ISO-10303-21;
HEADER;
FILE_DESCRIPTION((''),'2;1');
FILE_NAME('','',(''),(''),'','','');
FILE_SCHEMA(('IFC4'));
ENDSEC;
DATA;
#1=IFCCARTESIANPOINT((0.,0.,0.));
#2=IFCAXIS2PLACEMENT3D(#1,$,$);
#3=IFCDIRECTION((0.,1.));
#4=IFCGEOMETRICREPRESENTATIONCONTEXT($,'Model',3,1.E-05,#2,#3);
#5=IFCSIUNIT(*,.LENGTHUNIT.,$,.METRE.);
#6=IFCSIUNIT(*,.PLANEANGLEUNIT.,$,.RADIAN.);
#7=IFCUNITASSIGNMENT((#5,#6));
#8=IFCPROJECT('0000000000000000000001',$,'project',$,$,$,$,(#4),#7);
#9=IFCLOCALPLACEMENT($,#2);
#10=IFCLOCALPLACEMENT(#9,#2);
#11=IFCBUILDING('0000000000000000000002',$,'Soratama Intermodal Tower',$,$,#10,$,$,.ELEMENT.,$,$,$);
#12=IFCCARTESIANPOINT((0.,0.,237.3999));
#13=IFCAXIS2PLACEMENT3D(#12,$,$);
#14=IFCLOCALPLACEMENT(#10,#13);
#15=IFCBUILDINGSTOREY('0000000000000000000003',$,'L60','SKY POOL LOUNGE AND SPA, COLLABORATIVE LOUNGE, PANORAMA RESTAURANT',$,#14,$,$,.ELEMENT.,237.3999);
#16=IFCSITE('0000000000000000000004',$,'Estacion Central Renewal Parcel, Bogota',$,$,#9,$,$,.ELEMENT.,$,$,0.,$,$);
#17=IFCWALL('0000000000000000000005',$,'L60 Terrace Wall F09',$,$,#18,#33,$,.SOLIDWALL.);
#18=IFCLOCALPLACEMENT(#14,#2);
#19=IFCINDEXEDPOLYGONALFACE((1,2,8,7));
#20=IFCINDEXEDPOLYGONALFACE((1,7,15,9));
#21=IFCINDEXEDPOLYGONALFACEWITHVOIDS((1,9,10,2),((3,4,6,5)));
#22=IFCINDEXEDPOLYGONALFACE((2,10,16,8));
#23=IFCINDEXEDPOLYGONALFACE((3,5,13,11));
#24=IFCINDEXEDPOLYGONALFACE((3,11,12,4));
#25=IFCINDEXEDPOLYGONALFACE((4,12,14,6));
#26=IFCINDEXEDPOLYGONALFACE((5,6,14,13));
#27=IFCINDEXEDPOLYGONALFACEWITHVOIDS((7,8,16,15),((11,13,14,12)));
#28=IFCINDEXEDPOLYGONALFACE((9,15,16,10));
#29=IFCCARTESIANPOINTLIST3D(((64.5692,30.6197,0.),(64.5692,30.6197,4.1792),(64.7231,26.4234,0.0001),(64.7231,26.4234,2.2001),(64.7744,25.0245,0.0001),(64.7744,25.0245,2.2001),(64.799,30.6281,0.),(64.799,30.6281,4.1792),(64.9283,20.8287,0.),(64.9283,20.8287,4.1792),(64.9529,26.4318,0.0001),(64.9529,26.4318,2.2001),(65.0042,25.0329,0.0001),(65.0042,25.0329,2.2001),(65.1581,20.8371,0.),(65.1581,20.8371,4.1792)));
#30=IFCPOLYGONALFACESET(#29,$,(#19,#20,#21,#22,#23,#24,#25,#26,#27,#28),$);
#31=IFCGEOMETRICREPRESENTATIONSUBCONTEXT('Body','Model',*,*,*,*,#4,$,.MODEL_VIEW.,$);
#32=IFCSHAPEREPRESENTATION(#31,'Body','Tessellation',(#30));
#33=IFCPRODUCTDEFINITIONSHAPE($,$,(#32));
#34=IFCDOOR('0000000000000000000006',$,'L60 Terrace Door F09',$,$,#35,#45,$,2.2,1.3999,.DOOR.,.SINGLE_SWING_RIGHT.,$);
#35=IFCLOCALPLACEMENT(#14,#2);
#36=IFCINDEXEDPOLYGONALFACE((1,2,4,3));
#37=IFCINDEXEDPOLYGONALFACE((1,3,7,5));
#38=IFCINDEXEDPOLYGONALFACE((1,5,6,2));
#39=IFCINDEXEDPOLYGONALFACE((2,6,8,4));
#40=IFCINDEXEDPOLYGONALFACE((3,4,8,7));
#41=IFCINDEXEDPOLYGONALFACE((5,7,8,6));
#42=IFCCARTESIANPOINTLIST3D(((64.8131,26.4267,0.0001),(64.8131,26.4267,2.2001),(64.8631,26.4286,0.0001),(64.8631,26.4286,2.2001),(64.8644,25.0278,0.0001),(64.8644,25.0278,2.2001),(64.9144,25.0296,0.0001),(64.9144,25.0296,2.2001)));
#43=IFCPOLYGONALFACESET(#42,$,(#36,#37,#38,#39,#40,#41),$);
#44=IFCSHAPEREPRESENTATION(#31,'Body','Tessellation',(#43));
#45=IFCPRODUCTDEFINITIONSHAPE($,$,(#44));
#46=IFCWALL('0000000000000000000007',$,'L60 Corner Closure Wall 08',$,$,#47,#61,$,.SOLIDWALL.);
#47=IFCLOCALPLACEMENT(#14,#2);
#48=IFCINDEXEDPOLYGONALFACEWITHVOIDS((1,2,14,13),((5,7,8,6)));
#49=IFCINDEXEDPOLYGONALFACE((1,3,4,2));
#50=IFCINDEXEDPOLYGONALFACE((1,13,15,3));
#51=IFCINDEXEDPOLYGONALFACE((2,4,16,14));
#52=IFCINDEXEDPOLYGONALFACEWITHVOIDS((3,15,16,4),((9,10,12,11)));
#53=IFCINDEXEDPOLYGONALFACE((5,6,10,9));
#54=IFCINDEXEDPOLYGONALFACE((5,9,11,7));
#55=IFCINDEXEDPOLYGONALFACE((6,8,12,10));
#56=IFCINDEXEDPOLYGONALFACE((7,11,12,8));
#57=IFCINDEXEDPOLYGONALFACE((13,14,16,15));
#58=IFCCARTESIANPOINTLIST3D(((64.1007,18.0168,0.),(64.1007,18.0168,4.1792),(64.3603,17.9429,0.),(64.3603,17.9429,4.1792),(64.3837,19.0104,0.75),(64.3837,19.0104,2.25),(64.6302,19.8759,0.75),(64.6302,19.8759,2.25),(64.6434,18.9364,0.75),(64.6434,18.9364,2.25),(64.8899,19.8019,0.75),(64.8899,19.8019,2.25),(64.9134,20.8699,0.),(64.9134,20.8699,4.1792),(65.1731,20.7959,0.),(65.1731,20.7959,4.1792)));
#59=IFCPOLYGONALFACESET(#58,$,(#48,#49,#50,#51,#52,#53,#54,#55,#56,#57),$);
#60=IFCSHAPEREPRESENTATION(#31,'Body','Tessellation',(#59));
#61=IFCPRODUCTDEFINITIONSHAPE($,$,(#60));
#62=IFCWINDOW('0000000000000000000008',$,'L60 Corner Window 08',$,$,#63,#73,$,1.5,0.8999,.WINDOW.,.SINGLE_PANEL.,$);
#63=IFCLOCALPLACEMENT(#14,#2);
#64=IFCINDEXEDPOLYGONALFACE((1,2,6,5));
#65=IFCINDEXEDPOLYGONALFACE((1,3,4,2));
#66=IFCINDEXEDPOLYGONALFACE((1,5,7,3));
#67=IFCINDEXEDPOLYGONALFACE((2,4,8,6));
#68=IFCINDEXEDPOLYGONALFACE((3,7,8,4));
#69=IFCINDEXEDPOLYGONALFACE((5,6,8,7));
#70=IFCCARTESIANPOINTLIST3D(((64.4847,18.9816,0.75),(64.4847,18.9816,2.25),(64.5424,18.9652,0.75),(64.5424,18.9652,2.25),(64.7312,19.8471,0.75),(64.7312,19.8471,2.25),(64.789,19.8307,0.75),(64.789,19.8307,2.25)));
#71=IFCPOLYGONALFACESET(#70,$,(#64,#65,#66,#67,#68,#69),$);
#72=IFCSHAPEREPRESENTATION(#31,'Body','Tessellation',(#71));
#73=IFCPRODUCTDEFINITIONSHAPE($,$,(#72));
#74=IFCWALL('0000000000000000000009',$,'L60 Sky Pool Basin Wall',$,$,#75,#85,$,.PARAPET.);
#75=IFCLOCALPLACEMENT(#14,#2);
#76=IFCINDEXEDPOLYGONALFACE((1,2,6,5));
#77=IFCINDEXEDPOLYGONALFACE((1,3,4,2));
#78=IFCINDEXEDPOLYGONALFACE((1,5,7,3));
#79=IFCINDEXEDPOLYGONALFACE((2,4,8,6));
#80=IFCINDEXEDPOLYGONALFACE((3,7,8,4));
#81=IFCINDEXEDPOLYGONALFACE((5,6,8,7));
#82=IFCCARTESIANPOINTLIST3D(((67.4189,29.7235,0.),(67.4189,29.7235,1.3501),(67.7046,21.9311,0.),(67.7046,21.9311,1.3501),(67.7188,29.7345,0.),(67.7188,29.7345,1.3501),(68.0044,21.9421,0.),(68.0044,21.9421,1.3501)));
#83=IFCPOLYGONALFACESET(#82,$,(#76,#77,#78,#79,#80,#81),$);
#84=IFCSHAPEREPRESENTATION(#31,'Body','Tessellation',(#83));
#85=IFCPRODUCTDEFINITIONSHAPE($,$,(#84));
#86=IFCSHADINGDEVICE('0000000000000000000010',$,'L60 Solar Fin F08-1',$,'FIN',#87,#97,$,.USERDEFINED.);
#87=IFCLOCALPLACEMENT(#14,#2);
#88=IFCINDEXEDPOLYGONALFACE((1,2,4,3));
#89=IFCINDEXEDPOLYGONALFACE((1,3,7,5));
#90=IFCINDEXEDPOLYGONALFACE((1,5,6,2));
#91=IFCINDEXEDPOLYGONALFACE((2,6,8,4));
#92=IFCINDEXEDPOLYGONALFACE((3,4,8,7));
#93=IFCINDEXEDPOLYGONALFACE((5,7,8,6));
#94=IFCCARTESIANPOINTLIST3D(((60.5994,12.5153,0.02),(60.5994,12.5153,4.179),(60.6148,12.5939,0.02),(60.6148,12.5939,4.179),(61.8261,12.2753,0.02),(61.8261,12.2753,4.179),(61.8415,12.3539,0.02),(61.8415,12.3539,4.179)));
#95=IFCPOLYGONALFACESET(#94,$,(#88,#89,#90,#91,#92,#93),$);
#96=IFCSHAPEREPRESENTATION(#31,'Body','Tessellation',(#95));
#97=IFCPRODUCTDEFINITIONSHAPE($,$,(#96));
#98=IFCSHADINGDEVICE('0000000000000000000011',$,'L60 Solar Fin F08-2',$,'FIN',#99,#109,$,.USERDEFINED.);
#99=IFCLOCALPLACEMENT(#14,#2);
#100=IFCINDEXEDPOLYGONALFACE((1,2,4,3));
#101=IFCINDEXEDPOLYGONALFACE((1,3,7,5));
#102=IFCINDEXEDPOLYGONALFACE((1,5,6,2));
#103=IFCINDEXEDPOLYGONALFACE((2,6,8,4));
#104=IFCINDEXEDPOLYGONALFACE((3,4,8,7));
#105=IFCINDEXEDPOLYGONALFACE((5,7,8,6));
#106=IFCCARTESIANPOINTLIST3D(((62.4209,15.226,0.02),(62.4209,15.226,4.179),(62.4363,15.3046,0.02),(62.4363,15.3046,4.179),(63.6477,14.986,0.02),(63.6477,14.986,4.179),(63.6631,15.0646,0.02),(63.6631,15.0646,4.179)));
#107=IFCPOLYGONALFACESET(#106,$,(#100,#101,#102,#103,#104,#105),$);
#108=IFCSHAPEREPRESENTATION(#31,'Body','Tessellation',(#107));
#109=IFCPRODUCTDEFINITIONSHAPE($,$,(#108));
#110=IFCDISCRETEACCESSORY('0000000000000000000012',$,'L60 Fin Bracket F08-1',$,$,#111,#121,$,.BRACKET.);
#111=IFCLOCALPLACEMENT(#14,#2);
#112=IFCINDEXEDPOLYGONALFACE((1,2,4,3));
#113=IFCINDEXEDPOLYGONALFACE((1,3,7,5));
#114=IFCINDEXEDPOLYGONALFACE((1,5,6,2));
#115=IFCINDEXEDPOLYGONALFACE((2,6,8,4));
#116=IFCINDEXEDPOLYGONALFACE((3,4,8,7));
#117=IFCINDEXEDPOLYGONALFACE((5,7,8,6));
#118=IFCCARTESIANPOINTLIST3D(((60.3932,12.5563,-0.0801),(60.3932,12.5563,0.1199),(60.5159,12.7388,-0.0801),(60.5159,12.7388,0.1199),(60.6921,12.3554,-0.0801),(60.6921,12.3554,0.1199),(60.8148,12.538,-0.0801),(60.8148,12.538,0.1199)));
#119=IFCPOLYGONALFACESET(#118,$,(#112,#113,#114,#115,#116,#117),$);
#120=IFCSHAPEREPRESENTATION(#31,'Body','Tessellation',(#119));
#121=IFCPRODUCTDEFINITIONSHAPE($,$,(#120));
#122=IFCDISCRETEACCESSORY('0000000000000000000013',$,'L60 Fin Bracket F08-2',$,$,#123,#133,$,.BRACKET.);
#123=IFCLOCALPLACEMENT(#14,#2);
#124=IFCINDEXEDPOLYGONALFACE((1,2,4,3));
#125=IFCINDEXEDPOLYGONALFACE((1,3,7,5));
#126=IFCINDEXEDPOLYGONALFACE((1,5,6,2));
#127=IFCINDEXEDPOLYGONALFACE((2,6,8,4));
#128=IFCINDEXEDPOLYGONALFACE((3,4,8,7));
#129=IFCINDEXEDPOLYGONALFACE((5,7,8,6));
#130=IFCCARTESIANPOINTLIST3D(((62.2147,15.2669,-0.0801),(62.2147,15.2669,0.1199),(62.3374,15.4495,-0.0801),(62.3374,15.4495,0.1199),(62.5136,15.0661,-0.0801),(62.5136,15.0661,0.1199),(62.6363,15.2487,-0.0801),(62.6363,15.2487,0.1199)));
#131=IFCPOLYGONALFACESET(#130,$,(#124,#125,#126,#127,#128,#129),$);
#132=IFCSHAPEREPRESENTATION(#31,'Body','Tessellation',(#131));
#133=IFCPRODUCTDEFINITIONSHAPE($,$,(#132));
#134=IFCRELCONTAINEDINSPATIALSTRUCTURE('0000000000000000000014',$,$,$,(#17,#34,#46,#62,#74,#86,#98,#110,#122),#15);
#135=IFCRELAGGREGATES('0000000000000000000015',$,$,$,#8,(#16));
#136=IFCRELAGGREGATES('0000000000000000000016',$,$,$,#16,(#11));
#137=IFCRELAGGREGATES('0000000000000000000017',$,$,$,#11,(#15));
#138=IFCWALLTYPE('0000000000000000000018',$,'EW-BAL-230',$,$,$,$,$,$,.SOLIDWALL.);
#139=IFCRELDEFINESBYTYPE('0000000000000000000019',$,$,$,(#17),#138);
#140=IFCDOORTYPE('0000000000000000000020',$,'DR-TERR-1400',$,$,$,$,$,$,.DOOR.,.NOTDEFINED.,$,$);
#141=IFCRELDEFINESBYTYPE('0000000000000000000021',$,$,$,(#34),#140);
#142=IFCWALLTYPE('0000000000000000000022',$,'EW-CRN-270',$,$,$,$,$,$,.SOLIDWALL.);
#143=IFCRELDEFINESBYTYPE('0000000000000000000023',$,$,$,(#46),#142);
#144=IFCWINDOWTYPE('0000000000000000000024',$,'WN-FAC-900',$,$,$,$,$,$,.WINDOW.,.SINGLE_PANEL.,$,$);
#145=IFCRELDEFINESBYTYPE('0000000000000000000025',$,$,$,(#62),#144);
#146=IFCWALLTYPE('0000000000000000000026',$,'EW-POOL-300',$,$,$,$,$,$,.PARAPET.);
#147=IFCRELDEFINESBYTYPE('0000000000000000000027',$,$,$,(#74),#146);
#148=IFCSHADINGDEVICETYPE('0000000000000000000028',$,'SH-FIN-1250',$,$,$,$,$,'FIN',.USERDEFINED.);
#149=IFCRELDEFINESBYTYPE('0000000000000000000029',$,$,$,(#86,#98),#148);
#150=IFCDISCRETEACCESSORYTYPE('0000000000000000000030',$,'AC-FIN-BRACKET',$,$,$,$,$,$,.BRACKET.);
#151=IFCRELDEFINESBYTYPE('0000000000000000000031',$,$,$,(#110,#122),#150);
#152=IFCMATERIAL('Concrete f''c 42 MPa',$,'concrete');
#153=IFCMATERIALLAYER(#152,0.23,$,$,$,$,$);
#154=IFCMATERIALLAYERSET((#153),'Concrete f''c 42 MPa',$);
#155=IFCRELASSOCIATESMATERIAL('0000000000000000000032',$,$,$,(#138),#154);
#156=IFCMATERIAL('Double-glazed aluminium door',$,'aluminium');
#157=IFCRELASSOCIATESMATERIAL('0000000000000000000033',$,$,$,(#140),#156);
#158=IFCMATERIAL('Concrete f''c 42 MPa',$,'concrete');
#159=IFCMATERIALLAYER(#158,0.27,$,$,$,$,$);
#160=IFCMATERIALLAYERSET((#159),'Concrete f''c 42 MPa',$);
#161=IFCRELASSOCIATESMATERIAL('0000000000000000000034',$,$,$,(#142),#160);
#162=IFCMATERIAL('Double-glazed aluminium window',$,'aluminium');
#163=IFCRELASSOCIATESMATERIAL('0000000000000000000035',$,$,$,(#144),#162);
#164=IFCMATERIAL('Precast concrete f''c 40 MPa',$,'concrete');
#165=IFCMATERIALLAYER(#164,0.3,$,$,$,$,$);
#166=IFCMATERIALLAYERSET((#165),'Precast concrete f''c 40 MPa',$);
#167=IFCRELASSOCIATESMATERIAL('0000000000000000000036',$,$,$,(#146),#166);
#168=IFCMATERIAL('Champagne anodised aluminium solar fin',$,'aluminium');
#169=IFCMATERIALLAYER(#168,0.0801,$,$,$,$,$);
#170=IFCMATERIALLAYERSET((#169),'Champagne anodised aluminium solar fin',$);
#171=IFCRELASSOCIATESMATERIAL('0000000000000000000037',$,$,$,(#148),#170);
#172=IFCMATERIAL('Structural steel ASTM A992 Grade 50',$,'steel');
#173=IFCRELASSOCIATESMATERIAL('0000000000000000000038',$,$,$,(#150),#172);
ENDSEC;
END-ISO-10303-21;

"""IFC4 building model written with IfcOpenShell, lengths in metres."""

from ifc_helpers import new_model, si_unit, direction, frame, frame_2d, origin, origin_2d, place, context, subcontext, project, spatial, rectangle, extrude, material, layer, layer_set, type_object, element, fill, save


model = new_model("IFC4")

# Units and contexts
model_context = context("Model", 3, precision=1e-05, world=origin(), true_north=direction((0.0, 1.0)))
body_context = subcontext(model_context, "Body", "Model", "MODEL_VIEW")
ifc_project = project(units=[si_unit("LENGTHUNIT", "METRE"), si_unit("PLANEANGLEUNIT", "RADIAN")], contexts=[model_context])

# Site, building, storey
site_placement = place(None, origin())
site = spatial("IfcSite", under=ifc_project, at=site_placement, Name="Estacion Central Renewal Parcel, Bogota", CompositionType="ELEMENT", RefElevation=0.0)
building_placement = place(site_placement, origin())
building = spatial("IfcBuilding", under=site, at=building_placement, Name="Soratama Intermodal Tower", CompositionType="ELEMENT")
storey_placement = place(building_placement, frame((0.0, 0.0, 237.3999)))
storey = spatial("IfcBuildingStorey", under=building, at=storey_placement, Name="L60", Description="SKY POOL LOUNGE AND SPA, COLLABORATIVE LOUNGE, PANORAMA RESTAURANT", CompositionType="ELEMENT", Elevation=237.3999)

# Wall, opening, door
ifc_material_1 = material(Name="Concrete f'c 42 MPa", Category="concrete")
ifc_layer_1 = layer(ifc_material_1, 0.23)
ifc_layer_set_1 = layer_set([ifc_layer_1], Name="Concrete f'c 42 MPa")
wall_type_1 = type_object("IfcWallType", Name="EW-BAL-230", PredefinedType="SOLIDWALL", material=ifc_layer_set_1)
wall_1_placement = place(storey_placement, frame((65.0432, 20.8328, 0.0), z_axis=(0.0, 0.0, 1.0), x_axis=(-0.036655, 0.999328, 0.0)))
wall_1 = element("IfcWall", 1, at=wall_1_placement, inside=storey, type_object=wall_type_1, Name="L60 Terrace Wall F09", PredefinedType="SOLIDWALL", context=body_context, shape_type="SweptSolid", body=[
    extrude(rectangle(XDim=9.7976, YDim=0.23, at=frame_2d((4.8989, 0.0))), origin(), (0.0, 0.0, 1.0), 4.1792),
])
opening_1_placement = place(wall_1_placement, frame((4.1987, 0.0, 0.0)))
opening_1 = element("IfcOpeningElement", 2, at=opening_1_placement, cuts=wall_1, PredefinedType="OPENING", context=body_context, shape_type="SweptSolid", body=[
    extrude(rectangle(XDim=1.3999, YDim=2.2, at=frame_2d((0.7, 1.1001))), frame((0.0, 0.125, 0.0), z_axis=(0.0, -1.0, 0.0), x_axis=(1.0, 0.0, 0.0)), (0.0, 0.0, 1.0), 0.25),
])
ifc_material_2 = material(Name="Double-glazed aluminium door", Category="aluminium")
door_type = type_object("IfcDoorType", Name="DR-TERR-1400", OperationType="NOTDEFINED", PredefinedType="DOOR", material=ifc_material_2)
door_placement = place(opening_1_placement, origin())
door = element("IfcDoor", 3, at=door_placement, inside=storey, type_object=door_type, Name="L60 Terrace Door F09", OperationType="SINGLE_SWING_RIGHT", OverallHeight=2.2, OverallWidth=1.3999, PredefinedType="DOOR", context=body_context, shape_type="SweptSolid", body=[
    extrude(rectangle(XDim=1.3999, YDim=2.2, at=frame_2d((0.7, 1.1001))), frame((0.0, 0.0249, 0.0), z_axis=(0.0, -1.0, 0.0), x_axis=(1.0, 0.0, 0.0)), (0.0, 0.0, 1.0), 0.05),
])
fill(opening_1, door)

# Wall, opening, window
ifc_material_3 = material(Name="Concrete f'c 42 MPa", Category="concrete")
ifc_layer_2 = layer(ifc_material_3, 0.27)
ifc_layer_set_2 = layer_set([ifc_layer_2], Name="Concrete f'c 42 MPa")
wall_type_2 = type_object("IfcWallType", Name="EW-CRN-270", PredefinedType="SOLIDWALL", material=ifc_layer_set_2)
wall_2_placement = place(storey_placement, frame((64.2305, 17.9797, 0.0), z_axis=(0.0, 0.0, 1.0), x_axis=(0.273971, 0.961738, 0.0)))
wall_2 = element("IfcWall", 4, at=wall_2_placement, inside=storey, type_object=wall_type_2, Name="L60 Corner Closure Wall 08", PredefinedType="SOLIDWALL", context=body_context, shape_type="SweptSolid", body=[
    extrude(rectangle(XDim=2.9666, YDim=0.27, at=frame_2d((1.4834, 0.0))), origin(), (0.0, 0.0, 1.0), 4.1792),
])
opening_2_placement = place(wall_2_placement, frame((1.0332, 0.0, 0.75)))
opening_2 = element("IfcOpeningElement", 5, at=opening_2_placement, cuts=wall_2, PredefinedType="OPENING", context=body_context, shape_type="SweptSolid", body=[
    extrude(rectangle(XDim=0.8999, YDim=1.5, at=frame_2d((0.45, 0.75))), frame((0.0, 0.145, 0.0), z_axis=(0.0, -1.0, 0.0), x_axis=(1.0, 0.0, 0.0)), (0.0, 0.0, 1.0), 0.29),
])
ifc_material_4 = material(Name="Double-glazed aluminium window", Category="aluminium")
window_type = type_object("IfcWindowType", Name="WN-FAC-900", PartitioningType="SINGLE_PANEL", PredefinedType="WINDOW", material=ifc_material_4)
window_placement = place(opening_2_placement, origin())
window = element("IfcWindow", 6, at=window_placement, inside=storey, type_object=window_type, Name="L60 Corner Window 08", OverallHeight=1.5, OverallWidth=0.8999, PartitioningType="SINGLE_PANEL", PredefinedType="WINDOW", context=body_context, shape_type="SweptSolid", body=[
    extrude(rectangle(XDim=0.8999, YDim=1.5, at=frame_2d((0.45, 0.75))), frame((0.0, 0.03, 0.0), z_axis=(0.0, -1.0, 0.0), x_axis=(1.0, 0.0, 0.0)), (0.0, 0.0, 1.0), 0.0601),
])
fill(opening_2, window)

# Wall
ifc_material_5 = material(Name="Precast concrete f'c 40 MPa", Category="concrete")
ifc_layer_3 = layer(ifc_material_5, 0.3)
ifc_layer_set_3 = layer_set([ifc_layer_3], Name="Precast concrete f'c 40 MPa")
wall_type_3 = type_object("IfcWallType", Name="EW-POOL-300", PredefinedType="PARAPET", material=ifc_layer_set_3)
wall_3_placement = place(storey_placement, frame((67.8545, 21.9365, 0.0), z_axis=(0.0, 0.0, 1.0), x_axis=(-0.036632, 0.999329, 0.0)))
element("IfcWall", 7, at=wall_3_placement, inside=storey, type_object=wall_type_3, Name="L60 Sky Pool Basin Wall", PredefinedType="PARAPET", context=body_context, shape_type="SweptSolid", body=[
    extrude(rectangle(XDim=7.7976, YDim=0.3, at=frame_2d((3.8989, 0.0))), origin(), (0.0, 0.0, 1.0), 1.3501),
])

# Shading devices
ifc_material_6 = material(Name="Champagne anodised aluminium solar fin", Category="aluminium")
ifc_layer_4 = layer(ifc_material_6, 0.0801)
ifc_layer_set_4 = layer_set([ifc_layer_4], Name="Champagne anodised aluminium solar fin")
shading_device_type = type_object("IfcShadingDeviceType", Name="SH-FIN-1250", ElementType="FIN", PredefinedType="USERDEFINED", material=ifc_layer_set_4)
for number, where, z_axis, x_axis, name in (
    (8, (61.2205, 12.4346, 0.02), (0.0, 0.0, 1.0), (0.981393, -0.192008, 0.0), "L60 Solar Fin F08-1"),
    (9, (63.042, 15.1453, 0.02), (0.0, 0.0, 1.0), (0.981393, -0.192008, 0.0), "L60 Solar Fin F08-2"),
):
    element("IfcShadingDevice", number, at=place(storey_placement, frame(where, z_axis=z_axis, x_axis=x_axis)), inside=storey, type_object=shading_device_type, Name=name, ObjectType="FIN", PredefinedType="USERDEFINED", context=body_context, shape_type="SweptSolid", body=[
        extrude(rectangle(XDim=1.25, YDim=0.0801, at=origin_2d()), origin(), (0.0, 0.0, 1.0), 4.1589),
    ])

# Discrete accessories
ifc_material_7 = material(Name="Structural steel ASTM A992 Grade 50", Category="steel")
discrete_accessory_type = type_object("IfcDiscreteAccessoryType", Name="AC-FIN-BRACKET", PredefinedType="BRACKET", material=ifc_material_7)
for number, where, z_axis, x_axis, name in (
    (10, (60.604, 12.5471, -0.0801), (0.0, 0.0, 1.0), (0.830012, -0.557745, 0.0), "L60 Fin Bracket F08-1"),
    (11, (62.4255, 15.2578, -0.0801), (0.0, 0.0, 1.0), (0.830012, -0.557745, 0.0), "L60 Fin Bracket F08-2"),
):
    element("IfcDiscreteAccessory", number, at=place(storey_placement, frame(where, z_axis=z_axis, x_axis=x_axis)), inside=storey, type_object=discrete_accessory_type, Name=name, PredefinedType="BRACKET", context=body_context, shape_type="SweptSolid", body=[
        extrude(rectangle(XDim=0.3601, YDim=0.22, at=origin_2d()), origin(), (0.0, 0.0, 1.0), 0.2),
    ])

save(model, "model.ifc")
